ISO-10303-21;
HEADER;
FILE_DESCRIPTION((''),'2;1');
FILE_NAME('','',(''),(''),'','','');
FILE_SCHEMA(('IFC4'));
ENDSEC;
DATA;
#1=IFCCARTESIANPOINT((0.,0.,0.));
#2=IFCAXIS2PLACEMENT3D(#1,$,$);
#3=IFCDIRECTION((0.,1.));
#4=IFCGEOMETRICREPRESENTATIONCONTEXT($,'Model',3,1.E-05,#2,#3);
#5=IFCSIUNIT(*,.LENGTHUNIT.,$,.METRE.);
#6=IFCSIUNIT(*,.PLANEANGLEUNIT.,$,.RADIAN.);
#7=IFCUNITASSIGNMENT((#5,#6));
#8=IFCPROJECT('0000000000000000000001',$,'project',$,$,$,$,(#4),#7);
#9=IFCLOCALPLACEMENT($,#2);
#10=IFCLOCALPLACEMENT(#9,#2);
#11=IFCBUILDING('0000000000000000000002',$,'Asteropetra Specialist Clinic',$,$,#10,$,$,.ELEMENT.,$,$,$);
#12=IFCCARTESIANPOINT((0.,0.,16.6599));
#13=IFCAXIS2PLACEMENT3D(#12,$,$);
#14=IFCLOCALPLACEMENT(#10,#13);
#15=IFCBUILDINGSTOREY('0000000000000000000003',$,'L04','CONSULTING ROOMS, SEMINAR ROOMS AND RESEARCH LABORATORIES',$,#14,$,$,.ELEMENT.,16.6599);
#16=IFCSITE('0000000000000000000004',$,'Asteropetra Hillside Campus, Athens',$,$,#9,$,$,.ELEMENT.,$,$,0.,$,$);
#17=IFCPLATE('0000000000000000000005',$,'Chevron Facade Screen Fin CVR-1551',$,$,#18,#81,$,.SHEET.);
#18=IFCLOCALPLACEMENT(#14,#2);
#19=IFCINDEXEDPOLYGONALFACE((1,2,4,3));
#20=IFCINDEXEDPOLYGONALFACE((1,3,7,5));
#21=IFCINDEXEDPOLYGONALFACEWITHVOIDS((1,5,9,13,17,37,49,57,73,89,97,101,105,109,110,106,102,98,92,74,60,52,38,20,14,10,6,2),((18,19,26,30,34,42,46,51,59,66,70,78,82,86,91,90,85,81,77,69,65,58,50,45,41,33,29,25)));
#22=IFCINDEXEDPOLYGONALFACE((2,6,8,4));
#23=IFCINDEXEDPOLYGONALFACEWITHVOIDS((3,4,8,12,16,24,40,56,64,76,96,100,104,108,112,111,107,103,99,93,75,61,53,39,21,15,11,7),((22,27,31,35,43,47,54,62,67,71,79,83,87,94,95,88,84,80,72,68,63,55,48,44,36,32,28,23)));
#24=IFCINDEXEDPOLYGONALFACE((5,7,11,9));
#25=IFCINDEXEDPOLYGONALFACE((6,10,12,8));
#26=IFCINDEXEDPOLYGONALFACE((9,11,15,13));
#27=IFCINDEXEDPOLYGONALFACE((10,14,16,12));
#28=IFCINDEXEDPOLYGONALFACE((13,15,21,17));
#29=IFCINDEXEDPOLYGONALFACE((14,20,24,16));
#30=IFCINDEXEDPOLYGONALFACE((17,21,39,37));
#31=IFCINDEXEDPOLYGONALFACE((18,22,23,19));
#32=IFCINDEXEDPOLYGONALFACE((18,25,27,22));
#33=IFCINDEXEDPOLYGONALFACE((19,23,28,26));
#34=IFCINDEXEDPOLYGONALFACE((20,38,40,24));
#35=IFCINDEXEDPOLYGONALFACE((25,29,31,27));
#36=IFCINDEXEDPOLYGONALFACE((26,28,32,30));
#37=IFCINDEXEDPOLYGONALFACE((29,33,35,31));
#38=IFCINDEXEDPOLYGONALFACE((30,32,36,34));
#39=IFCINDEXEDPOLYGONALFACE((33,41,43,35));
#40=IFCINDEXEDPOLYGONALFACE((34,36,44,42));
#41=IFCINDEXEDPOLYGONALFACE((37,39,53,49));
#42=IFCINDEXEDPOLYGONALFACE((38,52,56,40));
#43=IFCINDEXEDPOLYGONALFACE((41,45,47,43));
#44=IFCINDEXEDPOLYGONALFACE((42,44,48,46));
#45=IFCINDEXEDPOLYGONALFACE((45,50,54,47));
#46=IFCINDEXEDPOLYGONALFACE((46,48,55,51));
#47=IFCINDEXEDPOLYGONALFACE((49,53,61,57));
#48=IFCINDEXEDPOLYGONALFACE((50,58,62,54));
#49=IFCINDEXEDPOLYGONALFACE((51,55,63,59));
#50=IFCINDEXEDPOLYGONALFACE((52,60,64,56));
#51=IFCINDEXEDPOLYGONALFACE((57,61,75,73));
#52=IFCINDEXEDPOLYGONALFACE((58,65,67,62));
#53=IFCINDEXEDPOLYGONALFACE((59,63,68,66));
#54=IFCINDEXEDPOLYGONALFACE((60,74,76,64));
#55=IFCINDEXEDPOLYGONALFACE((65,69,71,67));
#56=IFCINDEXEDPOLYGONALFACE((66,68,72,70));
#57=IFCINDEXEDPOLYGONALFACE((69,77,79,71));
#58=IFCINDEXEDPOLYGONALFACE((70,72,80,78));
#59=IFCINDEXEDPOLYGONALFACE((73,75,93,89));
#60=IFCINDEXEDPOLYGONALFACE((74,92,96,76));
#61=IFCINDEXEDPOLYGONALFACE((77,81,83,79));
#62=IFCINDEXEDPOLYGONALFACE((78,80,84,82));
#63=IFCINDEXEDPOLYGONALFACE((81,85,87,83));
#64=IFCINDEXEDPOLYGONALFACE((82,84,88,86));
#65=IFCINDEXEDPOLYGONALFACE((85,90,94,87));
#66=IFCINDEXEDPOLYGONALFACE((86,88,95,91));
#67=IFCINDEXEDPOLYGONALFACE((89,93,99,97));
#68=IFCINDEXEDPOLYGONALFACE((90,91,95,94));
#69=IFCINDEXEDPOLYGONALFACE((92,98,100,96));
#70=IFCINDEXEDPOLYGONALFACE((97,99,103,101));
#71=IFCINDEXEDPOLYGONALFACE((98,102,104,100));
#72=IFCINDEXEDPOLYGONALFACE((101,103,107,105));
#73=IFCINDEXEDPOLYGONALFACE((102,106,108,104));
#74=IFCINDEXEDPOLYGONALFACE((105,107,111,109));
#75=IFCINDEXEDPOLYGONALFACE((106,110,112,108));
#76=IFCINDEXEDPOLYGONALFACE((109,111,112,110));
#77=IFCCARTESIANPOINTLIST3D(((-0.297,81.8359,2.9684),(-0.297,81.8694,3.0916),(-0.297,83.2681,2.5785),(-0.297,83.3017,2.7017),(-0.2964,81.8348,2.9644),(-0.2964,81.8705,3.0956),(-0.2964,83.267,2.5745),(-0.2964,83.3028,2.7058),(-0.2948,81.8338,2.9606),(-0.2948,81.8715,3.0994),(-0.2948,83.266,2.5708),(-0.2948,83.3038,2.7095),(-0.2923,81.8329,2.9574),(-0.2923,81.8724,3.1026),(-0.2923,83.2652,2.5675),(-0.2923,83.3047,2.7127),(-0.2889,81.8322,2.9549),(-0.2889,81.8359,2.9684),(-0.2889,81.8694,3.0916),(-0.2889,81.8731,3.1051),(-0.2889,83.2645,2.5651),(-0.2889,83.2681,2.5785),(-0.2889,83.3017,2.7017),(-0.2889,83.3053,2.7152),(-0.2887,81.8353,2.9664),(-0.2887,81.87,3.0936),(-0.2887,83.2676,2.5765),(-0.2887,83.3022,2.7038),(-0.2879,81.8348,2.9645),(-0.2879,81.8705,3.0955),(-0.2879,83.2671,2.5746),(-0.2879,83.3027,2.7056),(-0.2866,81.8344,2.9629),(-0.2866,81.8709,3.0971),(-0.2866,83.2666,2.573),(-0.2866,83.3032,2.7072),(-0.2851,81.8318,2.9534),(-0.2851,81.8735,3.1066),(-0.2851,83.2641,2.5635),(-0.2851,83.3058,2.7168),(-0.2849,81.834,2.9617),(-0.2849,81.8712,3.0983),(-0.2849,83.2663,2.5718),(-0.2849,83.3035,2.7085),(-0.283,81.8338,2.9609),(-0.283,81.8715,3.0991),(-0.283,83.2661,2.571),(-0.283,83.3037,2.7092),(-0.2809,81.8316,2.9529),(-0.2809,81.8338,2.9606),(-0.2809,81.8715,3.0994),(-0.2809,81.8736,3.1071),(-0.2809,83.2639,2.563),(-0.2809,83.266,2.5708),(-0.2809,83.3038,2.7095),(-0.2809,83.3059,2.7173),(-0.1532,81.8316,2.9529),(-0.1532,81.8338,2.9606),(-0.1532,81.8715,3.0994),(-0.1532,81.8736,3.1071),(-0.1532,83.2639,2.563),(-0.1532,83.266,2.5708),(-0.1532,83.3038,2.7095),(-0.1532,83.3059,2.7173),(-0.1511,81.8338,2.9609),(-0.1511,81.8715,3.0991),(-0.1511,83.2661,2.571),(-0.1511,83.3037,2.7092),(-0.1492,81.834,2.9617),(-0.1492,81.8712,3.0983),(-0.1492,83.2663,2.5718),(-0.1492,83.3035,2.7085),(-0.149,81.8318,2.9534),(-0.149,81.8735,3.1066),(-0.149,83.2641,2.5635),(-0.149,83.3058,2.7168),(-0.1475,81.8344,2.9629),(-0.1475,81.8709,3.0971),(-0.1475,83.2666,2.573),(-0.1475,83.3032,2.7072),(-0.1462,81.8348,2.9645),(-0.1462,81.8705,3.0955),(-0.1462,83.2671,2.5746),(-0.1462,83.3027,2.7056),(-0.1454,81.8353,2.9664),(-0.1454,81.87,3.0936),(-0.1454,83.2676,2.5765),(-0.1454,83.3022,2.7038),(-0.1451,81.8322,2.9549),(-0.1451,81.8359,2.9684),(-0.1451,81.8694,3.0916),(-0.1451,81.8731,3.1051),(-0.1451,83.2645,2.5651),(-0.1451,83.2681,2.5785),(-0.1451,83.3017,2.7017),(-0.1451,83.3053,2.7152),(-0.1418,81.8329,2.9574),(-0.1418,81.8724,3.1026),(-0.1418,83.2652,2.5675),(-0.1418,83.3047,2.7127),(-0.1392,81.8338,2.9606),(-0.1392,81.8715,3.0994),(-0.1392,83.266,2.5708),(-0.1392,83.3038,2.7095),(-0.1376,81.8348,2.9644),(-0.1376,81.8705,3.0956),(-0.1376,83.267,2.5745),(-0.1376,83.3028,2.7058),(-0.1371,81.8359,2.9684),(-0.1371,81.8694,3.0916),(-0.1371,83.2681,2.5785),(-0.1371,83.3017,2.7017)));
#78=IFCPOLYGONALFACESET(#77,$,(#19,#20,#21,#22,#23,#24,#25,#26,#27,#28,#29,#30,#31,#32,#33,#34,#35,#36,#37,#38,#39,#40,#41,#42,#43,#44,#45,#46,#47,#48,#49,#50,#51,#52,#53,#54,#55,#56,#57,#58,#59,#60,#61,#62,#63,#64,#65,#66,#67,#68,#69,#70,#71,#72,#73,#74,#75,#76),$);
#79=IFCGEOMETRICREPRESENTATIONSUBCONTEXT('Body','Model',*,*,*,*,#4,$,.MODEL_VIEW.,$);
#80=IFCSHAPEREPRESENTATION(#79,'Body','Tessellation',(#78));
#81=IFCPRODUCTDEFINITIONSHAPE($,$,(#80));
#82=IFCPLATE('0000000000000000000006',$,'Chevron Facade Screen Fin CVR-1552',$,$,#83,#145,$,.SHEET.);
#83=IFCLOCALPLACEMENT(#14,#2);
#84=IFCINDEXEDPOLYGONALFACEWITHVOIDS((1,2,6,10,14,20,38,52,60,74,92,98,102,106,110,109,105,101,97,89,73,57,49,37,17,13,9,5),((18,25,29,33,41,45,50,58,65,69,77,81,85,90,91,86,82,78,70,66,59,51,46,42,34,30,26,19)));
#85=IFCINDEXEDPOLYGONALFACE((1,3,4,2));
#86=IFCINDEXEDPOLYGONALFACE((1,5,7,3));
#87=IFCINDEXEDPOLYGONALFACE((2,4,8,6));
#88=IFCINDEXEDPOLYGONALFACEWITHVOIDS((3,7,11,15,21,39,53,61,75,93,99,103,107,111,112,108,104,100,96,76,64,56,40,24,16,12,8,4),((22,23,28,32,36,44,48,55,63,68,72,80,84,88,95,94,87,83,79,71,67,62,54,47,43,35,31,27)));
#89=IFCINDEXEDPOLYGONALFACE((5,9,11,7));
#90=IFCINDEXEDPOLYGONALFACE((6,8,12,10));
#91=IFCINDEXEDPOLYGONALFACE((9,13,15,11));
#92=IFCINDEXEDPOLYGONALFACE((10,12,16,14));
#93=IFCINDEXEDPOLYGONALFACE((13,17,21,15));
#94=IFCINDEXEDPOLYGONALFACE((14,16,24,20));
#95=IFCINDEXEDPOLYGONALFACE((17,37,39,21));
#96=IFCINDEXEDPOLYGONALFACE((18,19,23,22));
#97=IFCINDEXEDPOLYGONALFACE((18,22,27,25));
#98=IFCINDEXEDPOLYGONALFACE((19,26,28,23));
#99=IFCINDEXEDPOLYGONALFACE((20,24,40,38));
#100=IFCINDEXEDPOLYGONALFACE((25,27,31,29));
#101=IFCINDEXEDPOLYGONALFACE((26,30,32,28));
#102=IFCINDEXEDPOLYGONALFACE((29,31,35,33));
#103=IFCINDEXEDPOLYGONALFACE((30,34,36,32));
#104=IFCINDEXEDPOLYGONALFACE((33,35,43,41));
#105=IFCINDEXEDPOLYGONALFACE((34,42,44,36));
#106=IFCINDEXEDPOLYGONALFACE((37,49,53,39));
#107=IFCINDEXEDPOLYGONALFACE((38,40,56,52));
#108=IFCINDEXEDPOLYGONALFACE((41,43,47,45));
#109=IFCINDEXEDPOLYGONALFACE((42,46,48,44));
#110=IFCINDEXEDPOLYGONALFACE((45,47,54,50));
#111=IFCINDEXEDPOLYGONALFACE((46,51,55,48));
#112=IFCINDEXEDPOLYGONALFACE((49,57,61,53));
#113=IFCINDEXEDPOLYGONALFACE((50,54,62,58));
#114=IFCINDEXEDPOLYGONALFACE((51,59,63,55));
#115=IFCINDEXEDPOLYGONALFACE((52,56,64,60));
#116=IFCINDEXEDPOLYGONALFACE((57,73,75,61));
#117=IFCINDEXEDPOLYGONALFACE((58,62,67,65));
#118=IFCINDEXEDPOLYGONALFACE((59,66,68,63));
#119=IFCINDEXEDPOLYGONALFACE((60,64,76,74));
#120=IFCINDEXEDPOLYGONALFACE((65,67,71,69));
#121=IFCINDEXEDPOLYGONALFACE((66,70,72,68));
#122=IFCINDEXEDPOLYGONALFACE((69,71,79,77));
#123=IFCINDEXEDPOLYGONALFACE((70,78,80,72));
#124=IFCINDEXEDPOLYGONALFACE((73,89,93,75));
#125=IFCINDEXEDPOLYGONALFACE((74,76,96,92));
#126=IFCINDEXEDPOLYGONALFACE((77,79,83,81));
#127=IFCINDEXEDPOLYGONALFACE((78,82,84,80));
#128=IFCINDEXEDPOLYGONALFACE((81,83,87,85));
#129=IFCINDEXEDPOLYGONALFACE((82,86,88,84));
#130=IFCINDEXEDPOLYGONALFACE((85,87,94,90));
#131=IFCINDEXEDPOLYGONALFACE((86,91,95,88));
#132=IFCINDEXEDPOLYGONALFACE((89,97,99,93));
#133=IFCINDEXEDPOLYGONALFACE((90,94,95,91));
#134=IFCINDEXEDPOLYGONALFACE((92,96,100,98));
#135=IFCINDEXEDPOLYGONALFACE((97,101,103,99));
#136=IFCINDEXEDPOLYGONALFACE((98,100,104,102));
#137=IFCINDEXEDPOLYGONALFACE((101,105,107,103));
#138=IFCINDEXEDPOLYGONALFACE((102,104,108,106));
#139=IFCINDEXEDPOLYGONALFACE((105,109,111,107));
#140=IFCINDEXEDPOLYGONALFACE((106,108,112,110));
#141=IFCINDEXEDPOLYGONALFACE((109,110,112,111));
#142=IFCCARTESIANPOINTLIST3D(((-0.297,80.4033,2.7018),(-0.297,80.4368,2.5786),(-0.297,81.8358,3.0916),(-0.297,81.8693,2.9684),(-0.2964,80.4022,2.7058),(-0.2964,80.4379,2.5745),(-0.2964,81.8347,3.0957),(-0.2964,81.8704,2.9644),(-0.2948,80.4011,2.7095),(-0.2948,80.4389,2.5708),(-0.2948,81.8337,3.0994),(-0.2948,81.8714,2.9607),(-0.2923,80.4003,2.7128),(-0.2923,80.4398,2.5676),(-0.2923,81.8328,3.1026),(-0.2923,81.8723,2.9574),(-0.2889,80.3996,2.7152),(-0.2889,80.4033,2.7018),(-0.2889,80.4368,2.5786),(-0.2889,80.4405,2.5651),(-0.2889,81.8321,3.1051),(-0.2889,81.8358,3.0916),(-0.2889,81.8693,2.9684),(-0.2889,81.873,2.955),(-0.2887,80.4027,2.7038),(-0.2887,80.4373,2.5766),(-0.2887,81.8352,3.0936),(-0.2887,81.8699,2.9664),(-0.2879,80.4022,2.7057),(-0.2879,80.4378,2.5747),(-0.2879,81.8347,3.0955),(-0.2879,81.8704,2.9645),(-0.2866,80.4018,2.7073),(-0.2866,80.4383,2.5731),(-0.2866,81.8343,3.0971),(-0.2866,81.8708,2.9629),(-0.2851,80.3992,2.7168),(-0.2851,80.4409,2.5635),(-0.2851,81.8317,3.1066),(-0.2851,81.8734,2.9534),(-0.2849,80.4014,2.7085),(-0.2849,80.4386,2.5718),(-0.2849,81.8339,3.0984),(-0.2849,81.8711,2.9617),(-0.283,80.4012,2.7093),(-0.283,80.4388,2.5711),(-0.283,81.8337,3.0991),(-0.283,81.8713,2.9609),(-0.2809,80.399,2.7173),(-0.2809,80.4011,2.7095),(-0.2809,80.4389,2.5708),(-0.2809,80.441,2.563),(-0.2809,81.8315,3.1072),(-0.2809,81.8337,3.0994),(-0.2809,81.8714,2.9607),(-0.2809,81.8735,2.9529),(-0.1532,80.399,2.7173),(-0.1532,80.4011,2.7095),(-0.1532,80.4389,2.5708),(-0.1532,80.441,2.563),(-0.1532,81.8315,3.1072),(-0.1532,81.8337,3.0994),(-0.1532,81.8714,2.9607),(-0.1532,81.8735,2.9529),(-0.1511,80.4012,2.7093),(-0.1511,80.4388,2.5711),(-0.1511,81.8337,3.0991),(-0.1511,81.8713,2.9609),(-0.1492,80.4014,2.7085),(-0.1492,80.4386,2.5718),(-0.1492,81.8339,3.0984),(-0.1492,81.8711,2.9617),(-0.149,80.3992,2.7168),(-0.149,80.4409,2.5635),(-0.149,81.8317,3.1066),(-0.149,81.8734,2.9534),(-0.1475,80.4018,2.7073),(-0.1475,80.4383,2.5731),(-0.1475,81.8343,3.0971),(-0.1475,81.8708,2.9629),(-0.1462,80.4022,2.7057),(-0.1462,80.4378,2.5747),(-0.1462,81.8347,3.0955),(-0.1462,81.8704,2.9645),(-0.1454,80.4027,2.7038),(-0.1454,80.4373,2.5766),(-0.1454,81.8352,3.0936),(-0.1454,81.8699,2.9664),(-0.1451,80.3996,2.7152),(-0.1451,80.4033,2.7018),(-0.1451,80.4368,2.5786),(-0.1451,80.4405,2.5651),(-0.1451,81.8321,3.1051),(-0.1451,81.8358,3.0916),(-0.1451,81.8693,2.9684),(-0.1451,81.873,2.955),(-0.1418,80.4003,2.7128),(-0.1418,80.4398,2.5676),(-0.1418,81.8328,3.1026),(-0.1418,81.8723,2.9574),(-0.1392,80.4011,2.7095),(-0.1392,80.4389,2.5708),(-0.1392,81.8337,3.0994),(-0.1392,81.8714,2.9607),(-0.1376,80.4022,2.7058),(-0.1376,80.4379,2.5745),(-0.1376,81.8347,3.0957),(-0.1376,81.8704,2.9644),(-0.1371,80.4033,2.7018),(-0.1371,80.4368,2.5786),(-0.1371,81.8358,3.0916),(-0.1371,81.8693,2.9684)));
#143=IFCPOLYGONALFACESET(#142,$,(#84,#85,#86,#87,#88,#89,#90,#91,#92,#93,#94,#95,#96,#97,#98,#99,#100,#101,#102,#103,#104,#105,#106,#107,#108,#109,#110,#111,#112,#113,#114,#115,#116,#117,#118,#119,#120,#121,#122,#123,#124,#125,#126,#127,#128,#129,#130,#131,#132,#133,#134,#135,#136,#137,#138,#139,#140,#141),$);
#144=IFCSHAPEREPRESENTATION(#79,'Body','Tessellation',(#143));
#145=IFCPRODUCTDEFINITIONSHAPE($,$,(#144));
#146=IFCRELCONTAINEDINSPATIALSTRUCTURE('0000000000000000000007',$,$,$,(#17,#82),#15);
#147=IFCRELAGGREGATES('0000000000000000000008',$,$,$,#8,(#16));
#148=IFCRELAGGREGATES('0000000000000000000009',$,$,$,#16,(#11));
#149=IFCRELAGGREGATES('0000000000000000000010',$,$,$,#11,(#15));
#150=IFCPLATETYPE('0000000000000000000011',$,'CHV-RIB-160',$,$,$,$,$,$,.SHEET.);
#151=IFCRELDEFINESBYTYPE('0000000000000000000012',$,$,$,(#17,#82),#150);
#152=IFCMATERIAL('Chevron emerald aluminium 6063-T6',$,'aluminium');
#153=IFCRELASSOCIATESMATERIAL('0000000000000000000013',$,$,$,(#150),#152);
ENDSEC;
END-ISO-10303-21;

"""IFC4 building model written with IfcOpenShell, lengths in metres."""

from ifc_helpers import new_model, si_unit, direction, frame, origin, origin_2d, place, context, subcontext, project, spatial, hollow_rectangle, extrude, material, material_profile, profile_set, type_object, element, save


model = new_model("IFC4")

# Units and contexts
model_context = context("Model", 3, precision=1e-05, world=origin(), true_north=direction((0.0, 1.0)))
body_context = subcontext(model_context, "Body", "Model", "MODEL_VIEW")
ifc_project = project(units=[si_unit("LENGTHUNIT", "METRE"), si_unit("PLANEANGLEUNIT", "RADIAN")], contexts=[model_context])

# Site, building, storey
site_placement = place(None, origin())
site = spatial("IfcSite", under=ifc_project, at=site_placement, Name="Asteropetra Hillside Campus, Athens", CompositionType="ELEMENT", RefElevation=0.0)
building_placement = place(site_placement, origin())
building = spatial("IfcBuilding", under=site, at=building_placement, Name="Asteropetra Specialist Clinic", CompositionType="ELEMENT")
storey_placement = place(building_placement, frame((0.0, 0.0, 16.6599)))
storey = spatial("IfcBuildingStorey", under=building, at=storey_placement, Name="L04", Description="CONSULTING ROOMS, SEMINAR ROOMS AND RESEARCH LABORATORIES", CompositionType="ELEMENT", Elevation=16.6599)

# Plates
ifc_material_1 = material(Name="Chevron emerald aluminium 6063-T6", Category="aluminium")
ifc_material_profile_1 = material_profile(ifc_material_1, hollow_rectangle(XDim=0.1599, YDim=0.1599, WallThickness=0.0081, InnerFilletRadius=0.0081, OuterFilletRadius=0.0161, at=origin_2d()), Name="SHS 160x160x8.0")
ifc_profile_set_1 = profile_set([ifc_material_profile_1], Name="Chevron emerald aluminium 6063-T6")
plate_type_1 = type_object("IfcPlateType", Name="CHV-RIB-160", PredefinedType="SHEET", material=ifc_profile_set_1)
plate_1_placement = place(storey_placement, frame((-0.217, 83.2849, 2.6401), z_axis=(0.0, -0.964893, 0.262644), x_axis=(1.0, 0.0, 0.0)))
element("IfcPlate", 1, at=plate_1_placement, inside=storey, type_object=plate_type_1, Name="Chevron Facade Screen Fin CVR-1551", PredefinedType="SHEET", context=body_context, shape_type="SweptSolid", body=[
    extrude(hollow_rectangle(XDim=0.1599, YDim=0.1599, WallThickness=0.0081, InnerFilletRadius=0.0081, OuterFilletRadius=0.0161, at=origin_2d()), origin(), (0.0, 0.0, 1.0), 1.4844),
])
plate_2_placement = place(storey_placement, frame((-0.217, 81.8525, 3.03), z_axis=(0.0, -0.964904, -0.262603), x_axis=(1.0, 0.0, 0.0)))
element("IfcPlate", 2, at=plate_2_placement, inside=storey, type_object=plate_type_1, Name="Chevron Facade Screen Fin CVR-1552", PredefinedType="SHEET", context=body_context, shape_type="SweptSolid", body=[
    extrude(hollow_rectangle(XDim=0.1599, YDim=0.1599, WallThickness=0.0081, InnerFilletRadius=0.0081, OuterFilletRadius=0.0161, at=origin_2d()), origin(), (0.0, 0.0, 1.0), 1.4846),
])

save(model, "model.ifc")
